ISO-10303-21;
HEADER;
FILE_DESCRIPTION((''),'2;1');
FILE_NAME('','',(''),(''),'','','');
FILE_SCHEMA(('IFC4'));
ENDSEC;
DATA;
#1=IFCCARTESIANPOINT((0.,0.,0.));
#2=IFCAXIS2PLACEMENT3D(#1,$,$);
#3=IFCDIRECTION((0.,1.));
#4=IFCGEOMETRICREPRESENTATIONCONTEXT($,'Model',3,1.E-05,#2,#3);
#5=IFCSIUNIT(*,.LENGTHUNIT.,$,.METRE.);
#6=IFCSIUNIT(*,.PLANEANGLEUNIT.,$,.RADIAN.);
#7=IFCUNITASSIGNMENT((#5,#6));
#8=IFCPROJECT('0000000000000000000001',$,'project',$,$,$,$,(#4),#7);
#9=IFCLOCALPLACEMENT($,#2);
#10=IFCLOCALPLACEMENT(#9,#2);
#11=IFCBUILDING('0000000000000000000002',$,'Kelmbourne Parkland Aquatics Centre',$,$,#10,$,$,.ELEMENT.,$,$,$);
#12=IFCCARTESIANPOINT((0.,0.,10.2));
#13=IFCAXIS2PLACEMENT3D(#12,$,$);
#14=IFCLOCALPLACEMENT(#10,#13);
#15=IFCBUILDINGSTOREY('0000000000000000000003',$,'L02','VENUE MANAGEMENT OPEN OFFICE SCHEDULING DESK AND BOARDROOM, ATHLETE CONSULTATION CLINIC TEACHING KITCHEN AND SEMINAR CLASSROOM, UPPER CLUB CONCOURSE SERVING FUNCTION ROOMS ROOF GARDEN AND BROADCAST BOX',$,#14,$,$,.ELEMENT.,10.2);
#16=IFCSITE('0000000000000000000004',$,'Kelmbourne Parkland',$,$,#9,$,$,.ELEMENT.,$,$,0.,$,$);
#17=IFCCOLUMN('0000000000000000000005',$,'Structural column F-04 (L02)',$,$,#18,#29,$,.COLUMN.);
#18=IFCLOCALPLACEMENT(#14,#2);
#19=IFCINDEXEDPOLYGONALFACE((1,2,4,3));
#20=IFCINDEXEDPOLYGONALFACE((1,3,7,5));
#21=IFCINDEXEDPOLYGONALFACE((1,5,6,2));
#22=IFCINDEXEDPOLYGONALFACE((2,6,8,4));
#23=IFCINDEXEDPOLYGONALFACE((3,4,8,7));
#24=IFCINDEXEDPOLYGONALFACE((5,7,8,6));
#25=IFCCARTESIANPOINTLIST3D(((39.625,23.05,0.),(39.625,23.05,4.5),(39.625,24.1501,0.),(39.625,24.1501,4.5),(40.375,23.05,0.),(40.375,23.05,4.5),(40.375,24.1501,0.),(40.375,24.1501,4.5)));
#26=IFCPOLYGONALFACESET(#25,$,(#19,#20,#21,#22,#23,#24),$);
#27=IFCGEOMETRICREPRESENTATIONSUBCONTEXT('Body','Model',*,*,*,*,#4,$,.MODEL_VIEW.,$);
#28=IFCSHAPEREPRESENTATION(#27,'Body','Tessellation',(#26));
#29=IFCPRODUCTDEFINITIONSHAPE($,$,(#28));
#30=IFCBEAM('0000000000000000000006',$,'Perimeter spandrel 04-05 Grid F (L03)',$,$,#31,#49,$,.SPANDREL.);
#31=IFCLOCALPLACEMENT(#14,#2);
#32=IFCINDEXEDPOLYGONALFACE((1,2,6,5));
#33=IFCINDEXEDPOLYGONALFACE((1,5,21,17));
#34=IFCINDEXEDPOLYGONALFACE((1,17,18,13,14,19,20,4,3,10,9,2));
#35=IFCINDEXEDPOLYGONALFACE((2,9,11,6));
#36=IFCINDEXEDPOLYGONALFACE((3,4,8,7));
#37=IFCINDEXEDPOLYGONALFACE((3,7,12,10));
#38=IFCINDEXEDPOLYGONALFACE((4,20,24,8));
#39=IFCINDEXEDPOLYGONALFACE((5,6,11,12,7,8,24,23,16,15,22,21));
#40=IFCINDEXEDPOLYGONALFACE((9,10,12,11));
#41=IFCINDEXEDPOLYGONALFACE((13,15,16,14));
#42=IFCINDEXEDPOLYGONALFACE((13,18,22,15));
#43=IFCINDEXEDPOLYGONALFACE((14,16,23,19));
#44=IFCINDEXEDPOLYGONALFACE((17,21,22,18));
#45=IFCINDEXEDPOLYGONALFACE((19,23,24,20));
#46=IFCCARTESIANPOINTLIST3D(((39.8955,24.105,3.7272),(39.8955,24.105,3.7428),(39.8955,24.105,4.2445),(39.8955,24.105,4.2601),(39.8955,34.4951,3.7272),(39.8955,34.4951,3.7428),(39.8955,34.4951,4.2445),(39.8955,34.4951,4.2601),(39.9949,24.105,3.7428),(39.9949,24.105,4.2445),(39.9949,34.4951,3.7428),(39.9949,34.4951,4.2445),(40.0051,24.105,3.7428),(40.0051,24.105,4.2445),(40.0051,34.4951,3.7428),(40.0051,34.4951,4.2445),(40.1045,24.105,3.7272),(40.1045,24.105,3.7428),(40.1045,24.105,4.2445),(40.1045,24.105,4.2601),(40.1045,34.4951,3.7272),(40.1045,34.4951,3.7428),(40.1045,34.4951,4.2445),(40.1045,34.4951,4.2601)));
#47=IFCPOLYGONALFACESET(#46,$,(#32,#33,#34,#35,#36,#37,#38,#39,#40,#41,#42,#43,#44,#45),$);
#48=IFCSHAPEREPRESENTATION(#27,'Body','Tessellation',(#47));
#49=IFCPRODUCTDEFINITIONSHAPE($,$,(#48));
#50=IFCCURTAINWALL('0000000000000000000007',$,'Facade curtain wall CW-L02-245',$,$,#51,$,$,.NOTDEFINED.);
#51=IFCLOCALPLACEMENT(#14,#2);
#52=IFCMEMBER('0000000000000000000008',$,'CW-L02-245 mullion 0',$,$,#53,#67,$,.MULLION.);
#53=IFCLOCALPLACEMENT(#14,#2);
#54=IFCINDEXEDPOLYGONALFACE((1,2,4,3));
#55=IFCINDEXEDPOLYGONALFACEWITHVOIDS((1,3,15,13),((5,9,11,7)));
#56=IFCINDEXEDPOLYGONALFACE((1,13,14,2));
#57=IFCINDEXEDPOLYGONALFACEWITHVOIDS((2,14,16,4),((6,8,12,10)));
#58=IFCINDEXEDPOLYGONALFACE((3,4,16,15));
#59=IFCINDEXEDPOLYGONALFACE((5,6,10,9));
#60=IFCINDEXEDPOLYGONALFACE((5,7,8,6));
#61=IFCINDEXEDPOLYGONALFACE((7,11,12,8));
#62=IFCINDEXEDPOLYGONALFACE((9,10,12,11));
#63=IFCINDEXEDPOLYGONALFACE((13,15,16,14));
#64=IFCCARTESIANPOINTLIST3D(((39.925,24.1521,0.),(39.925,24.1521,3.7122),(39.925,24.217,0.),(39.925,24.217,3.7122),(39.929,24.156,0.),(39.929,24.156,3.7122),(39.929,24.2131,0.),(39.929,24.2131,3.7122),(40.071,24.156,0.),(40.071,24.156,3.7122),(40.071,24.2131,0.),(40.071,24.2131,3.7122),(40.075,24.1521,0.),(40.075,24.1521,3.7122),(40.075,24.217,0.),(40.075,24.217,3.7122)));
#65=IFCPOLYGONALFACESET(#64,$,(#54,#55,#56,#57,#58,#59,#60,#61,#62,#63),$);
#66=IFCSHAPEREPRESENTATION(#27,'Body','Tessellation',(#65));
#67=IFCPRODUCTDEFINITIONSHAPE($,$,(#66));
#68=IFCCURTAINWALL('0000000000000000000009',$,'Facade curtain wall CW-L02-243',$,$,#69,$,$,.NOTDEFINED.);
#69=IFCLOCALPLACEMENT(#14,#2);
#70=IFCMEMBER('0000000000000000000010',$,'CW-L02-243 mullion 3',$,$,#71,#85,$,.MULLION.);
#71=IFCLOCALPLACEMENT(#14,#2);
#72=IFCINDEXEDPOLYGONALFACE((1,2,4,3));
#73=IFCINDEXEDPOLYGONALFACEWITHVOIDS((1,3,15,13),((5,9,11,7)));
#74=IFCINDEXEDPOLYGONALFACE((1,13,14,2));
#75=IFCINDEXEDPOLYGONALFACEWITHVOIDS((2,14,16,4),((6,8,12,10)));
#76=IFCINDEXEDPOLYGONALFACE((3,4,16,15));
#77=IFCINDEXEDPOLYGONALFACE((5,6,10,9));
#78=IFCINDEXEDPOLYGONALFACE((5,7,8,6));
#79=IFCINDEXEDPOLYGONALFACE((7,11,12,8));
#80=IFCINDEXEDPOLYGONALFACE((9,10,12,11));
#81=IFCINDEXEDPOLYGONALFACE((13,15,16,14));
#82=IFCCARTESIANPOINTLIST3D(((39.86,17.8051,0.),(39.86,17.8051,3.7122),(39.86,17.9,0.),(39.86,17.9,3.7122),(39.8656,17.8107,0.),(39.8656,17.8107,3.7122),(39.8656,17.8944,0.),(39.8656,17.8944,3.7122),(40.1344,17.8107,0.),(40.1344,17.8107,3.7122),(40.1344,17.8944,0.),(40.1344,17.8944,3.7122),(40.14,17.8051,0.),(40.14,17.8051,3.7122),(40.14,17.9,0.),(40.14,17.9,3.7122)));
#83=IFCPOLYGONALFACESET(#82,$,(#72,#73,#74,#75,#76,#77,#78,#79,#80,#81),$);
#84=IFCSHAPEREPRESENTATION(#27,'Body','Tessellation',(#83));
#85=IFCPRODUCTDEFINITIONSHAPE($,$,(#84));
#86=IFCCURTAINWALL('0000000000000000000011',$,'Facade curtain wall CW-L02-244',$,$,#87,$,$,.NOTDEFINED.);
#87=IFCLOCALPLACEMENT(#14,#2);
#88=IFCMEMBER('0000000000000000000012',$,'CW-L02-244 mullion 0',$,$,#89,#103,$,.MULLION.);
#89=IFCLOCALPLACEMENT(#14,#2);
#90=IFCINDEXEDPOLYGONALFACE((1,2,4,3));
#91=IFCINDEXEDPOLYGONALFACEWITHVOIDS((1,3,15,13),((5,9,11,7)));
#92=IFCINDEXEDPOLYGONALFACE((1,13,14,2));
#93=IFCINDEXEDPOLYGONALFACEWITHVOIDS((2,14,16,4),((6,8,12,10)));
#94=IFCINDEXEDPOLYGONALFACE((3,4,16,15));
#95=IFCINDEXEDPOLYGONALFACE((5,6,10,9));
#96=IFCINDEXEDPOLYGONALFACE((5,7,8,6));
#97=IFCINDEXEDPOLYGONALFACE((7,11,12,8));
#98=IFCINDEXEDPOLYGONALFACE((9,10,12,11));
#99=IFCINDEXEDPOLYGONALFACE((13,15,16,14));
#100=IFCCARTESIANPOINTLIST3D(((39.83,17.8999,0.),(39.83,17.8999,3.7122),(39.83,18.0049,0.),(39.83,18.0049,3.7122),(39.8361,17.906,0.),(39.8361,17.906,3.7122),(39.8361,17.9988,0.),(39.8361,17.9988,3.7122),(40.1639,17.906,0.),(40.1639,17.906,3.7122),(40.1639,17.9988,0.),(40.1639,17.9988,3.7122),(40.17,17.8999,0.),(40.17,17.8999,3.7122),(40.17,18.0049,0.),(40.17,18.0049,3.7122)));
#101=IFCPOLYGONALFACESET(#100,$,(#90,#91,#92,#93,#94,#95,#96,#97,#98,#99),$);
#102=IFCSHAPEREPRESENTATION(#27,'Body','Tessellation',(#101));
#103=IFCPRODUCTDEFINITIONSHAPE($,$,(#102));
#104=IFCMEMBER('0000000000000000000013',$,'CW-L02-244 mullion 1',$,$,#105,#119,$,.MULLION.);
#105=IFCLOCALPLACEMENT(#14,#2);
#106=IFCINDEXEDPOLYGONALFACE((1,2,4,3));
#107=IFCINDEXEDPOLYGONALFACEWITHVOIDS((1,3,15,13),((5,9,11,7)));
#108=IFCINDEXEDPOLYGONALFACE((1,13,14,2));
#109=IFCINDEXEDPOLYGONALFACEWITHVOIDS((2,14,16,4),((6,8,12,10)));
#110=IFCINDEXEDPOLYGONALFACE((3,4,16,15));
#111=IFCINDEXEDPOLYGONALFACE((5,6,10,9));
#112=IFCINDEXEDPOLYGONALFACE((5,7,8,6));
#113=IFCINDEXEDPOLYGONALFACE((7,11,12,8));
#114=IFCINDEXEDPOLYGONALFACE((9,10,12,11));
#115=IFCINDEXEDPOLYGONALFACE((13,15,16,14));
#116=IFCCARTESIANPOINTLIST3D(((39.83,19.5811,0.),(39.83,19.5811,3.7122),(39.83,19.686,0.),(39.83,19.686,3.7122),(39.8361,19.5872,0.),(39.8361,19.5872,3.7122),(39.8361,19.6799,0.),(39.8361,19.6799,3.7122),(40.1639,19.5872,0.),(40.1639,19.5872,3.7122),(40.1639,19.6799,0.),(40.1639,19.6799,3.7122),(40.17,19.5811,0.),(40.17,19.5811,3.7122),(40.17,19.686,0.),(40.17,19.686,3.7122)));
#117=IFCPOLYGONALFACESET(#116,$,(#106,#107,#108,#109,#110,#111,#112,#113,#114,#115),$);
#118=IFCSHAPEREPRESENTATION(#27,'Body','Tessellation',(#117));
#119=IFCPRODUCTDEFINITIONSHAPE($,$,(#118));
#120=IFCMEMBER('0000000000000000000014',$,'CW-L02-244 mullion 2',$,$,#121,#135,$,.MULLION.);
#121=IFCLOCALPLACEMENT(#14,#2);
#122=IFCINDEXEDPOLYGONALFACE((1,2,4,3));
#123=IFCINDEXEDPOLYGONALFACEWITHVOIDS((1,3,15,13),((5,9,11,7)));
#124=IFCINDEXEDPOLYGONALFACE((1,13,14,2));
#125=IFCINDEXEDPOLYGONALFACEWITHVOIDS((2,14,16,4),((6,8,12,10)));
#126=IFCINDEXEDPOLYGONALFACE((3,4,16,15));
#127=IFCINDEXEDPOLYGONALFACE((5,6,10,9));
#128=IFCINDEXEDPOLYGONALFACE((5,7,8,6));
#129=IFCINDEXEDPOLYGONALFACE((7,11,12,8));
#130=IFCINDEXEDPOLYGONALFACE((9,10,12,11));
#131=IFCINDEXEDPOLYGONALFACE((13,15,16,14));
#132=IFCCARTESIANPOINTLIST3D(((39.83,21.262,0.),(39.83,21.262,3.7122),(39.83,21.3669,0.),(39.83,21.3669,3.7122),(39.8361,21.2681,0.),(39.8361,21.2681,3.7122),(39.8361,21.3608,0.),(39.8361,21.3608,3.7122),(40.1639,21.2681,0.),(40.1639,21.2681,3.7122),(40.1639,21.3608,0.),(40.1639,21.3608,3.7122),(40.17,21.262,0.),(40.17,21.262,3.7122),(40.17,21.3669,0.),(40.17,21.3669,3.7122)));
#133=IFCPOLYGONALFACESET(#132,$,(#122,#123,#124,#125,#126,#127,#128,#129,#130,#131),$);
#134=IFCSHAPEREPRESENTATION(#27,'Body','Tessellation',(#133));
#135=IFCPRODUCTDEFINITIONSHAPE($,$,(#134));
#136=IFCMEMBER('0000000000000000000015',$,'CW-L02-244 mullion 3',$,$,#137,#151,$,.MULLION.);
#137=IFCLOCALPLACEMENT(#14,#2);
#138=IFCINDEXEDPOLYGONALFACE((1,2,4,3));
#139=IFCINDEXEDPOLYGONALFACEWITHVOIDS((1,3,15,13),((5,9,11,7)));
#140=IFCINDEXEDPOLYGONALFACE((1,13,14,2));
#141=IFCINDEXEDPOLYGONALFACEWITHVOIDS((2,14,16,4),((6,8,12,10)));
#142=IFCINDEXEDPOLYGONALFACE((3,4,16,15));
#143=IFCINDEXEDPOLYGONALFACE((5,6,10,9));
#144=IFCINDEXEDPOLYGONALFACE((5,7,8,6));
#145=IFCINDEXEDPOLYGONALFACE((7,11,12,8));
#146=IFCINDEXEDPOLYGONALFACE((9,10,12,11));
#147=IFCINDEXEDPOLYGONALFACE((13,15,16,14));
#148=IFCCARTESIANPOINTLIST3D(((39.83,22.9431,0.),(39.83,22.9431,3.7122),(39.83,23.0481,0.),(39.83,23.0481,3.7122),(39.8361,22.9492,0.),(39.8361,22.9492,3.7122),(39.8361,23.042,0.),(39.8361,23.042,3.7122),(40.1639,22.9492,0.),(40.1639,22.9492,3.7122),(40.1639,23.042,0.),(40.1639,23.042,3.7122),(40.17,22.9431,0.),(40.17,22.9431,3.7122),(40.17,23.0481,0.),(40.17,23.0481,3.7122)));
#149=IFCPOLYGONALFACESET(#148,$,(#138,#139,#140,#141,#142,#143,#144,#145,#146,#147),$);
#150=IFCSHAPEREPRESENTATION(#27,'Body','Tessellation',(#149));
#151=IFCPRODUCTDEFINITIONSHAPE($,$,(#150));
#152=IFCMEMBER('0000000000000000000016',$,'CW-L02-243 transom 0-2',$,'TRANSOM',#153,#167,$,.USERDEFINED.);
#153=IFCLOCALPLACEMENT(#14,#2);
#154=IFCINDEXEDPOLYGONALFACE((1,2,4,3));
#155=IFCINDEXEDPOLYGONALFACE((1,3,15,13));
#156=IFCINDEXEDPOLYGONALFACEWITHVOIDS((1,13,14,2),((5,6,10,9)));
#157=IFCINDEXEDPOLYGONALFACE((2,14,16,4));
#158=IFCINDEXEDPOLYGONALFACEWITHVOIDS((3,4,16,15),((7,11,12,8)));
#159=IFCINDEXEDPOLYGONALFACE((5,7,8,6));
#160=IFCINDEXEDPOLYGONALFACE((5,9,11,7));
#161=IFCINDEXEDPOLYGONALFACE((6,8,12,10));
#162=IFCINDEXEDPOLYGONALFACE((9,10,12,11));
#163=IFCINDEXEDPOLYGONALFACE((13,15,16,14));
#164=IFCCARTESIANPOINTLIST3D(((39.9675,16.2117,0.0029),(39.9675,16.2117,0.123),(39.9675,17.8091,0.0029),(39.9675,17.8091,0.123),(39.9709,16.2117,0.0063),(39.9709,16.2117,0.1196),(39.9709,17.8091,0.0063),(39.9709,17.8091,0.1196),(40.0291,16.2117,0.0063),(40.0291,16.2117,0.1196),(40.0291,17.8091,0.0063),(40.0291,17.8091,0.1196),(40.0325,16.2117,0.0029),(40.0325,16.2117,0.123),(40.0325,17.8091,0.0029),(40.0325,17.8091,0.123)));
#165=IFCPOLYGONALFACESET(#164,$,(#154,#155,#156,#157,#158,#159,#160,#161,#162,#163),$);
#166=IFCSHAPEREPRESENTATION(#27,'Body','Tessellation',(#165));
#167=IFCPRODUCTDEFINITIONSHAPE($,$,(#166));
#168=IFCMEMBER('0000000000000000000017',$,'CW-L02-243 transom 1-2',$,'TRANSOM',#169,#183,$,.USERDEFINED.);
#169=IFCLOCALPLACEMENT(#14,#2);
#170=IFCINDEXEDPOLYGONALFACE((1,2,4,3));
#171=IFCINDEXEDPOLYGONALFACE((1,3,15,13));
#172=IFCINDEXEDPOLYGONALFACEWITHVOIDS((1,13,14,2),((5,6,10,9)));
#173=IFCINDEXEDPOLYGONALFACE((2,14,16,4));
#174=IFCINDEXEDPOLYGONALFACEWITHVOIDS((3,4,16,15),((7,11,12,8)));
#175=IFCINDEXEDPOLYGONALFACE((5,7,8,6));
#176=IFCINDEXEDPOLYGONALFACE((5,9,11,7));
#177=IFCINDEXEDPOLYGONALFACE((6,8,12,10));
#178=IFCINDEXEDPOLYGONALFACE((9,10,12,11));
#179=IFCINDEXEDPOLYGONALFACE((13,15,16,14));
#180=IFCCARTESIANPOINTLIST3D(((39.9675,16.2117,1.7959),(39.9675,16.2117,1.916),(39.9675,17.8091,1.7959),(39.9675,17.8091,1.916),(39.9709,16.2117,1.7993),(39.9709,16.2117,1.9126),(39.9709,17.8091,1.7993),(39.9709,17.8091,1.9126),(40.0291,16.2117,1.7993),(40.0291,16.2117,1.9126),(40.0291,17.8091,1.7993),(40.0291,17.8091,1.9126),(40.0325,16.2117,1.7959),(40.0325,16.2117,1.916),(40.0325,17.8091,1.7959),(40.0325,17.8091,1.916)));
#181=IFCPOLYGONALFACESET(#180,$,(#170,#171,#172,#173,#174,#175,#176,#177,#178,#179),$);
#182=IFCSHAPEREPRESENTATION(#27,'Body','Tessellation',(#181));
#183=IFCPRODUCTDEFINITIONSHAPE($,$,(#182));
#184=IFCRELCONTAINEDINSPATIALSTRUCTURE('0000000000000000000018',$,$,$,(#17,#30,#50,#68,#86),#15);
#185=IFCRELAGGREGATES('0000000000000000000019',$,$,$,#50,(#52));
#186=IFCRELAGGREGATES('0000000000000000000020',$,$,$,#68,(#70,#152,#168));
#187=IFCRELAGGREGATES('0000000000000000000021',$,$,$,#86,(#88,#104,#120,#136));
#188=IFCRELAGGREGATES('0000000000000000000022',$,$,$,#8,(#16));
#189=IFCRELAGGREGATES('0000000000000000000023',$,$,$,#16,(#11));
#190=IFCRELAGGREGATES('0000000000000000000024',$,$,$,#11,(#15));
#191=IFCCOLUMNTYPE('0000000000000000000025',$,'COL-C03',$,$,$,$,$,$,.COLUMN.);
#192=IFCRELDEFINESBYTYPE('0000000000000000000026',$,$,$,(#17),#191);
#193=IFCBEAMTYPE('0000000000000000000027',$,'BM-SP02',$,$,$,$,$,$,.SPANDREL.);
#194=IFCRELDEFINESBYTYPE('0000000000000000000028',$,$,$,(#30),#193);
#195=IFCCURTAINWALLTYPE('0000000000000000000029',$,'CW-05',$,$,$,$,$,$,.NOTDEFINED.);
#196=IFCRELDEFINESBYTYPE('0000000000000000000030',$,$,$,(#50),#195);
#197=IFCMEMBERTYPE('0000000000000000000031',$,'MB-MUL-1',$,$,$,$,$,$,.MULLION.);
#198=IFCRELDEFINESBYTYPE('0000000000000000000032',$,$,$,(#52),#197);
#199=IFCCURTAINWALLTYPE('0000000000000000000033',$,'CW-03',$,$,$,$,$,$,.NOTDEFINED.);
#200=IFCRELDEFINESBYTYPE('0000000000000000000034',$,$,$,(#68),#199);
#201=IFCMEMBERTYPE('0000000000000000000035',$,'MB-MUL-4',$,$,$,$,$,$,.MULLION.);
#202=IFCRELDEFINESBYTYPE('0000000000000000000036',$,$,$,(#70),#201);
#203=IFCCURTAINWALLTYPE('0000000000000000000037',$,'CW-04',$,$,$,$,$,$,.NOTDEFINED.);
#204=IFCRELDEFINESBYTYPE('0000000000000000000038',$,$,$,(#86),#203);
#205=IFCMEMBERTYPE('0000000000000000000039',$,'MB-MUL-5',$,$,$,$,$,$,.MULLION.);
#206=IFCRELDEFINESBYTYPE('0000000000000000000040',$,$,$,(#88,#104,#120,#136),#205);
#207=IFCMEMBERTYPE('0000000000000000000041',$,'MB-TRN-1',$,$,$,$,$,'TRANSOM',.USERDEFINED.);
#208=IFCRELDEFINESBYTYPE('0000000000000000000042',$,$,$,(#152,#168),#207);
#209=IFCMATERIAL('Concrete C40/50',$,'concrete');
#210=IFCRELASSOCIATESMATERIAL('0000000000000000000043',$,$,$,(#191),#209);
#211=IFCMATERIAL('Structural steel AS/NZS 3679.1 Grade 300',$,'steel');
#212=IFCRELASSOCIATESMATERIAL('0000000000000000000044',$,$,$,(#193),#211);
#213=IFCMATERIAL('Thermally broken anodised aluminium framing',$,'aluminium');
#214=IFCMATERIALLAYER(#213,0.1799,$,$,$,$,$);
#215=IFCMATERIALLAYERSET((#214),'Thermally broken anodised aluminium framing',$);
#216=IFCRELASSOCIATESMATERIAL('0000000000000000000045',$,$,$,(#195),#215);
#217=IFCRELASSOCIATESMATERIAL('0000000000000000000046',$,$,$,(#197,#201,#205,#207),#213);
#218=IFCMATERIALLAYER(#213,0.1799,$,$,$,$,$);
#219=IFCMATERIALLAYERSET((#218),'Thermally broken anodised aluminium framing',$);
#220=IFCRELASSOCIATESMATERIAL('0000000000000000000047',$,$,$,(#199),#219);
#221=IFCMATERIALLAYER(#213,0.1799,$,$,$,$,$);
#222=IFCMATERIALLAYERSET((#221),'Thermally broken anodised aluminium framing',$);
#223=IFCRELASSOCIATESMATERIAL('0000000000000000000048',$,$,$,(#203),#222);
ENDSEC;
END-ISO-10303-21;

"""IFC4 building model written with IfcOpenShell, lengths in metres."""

from ifc_helpers import new_model, si_unit, direction, frame, origin, origin_2d, place, context, subcontext, project, spatial, rectangle, hollow_rectangle, i_section, extrude, material, layer, layer_set, material_profile, profile_set, type_object, element, aggregate, save


model = new_model("IFC4")

# Units and contexts
model_context = context("Model", 3, precision=1e-05, world=origin(), true_north=direction((0.0, 1.0)))
body_context = subcontext(model_context, "Body", "Model", "MODEL_VIEW")
ifc_project = project(units=[si_unit("LENGTHUNIT", "METRE"), si_unit("PLANEANGLEUNIT", "RADIAN")], contexts=[model_context])

# Site, building, storey
site_placement = place(None, origin())
site = spatial("IfcSite", under=ifc_project, at=site_placement, Name="Kelmbourne Parkland", CompositionType="ELEMENT", RefElevation=0.0)
building_placement = place(site_placement, origin())
building = spatial("IfcBuilding", under=site, at=building_placement, Name="Kelmbourne Parkland Aquatics Centre", CompositionType="ELEMENT")
storey_placement = place(building_placement, frame((0.0, 0.0, 10.2)))
storey = spatial("IfcBuildingStorey", under=building, at=storey_placement, Name="L02", Description="VENUE MANAGEMENT OPEN OFFICE SCHEDULING DESK AND BOARDROOM, ATHLETE CONSULTATION CLINIC TEACHING KITCHEN AND SEMINAR CLASSROOM, UPPER CLUB CONCOURSE SERVING FUNCTION ROOMS ROOF GARDEN AND BROADCAST BOX", CompositionType="ELEMENT", Elevation=10.2)

# Column
ifc_material_1 = material(Name="Concrete C40/50", Category="concrete")
ifc_material_profile_1 = material_profile(ifc_material_1, rectangle(XDim=0.75, YDim=1.1001, at=origin_2d()), Name="RC 750x1100")
ifc_profile_set_1 = profile_set([ifc_material_profile_1], Name="Concrete C40/50")
column_type = type_object("IfcColumnType", Name="COL-C03", PredefinedType="COLUMN", material=ifc_profile_set_1)
column_placement = place(storey_placement, frame((40.0, 23.6001, 0.0), z_axis=(0.0, 0.0, 1.0), x_axis=(1.0, 0.0, 0.0)))
element("IfcColumn", 1, at=column_placement, inside=storey, type_object=column_type, Name="Structural column F-04 (L02)", PredefinedType="COLUMN", context=body_context, shape_type="SweptSolid", body=[
    extrude(rectangle(XDim=0.75, YDim=1.1001, at=origin_2d()), origin(), (0.0, 0.0, 1.0), 4.5),
])

# Beam
ifc_material_2 = material(Name="Structural steel AS/NZS 3679.1 Grade 300", Category="steel")
ifc_material_profile_2 = material_profile(ifc_material_2, i_section(OverallWidth=0.209, OverallDepth=0.533, WebThickness=0.0103, FlangeThickness=0.0156, at=origin_2d()), Name="530UB92.4")
ifc_profile_set_2 = profile_set([ifc_material_profile_2], Name="Structural steel AS/NZS 3679.1 Grade 300")
beam_type = type_object("IfcBeamType", Name="BM-SP02", PredefinedType="SPANDREL", material=ifc_profile_set_2)
beam_placement = place(storey_placement, frame((40.0, 24.105, 3.9937), z_axis=(0.0, 1.0, 0.0), x_axis=(-1.0, 0.0, 0.0)))
element("IfcBeam", 2, at=beam_placement, inside=storey, type_object=beam_type, Name="Perimeter spandrel 04-05 Grid F (L03)", PredefinedType="SPANDREL", context=body_context, shape_type="SweptSolid", body=[
    extrude(i_section(OverallWidth=0.209, OverallDepth=0.533, WebThickness=0.0103, FlangeThickness=0.0156, at=origin_2d()), origin(), (0.0, 0.0, 1.0), 10.3901),
])

# Curtain walls, members
ifc_material_3 = material(Name="Thermally broken anodised aluminium framing", Category="aluminium")
ifc_layer_1 = layer(ifc_material_3, 0.1799)
ifc_layer_set_1 = layer_set([ifc_layer_1], Name="Thermally broken anodised aluminium framing")
curtain_wall_type_1 = type_object("IfcCurtainWallType", Name="CW-05", PredefinedType="NOTDEFINED", material=ifc_layer_set_1)
curtain_wall_1_placement = place(storey_placement, origin())
curtain_wall_1 = element("IfcCurtainWall", 3, at=curtain_wall_1_placement, inside=storey, type_object=curtain_wall_type_1, Name="Facade curtain wall CW-L02-245", PredefinedType="NOTDEFINED")
ifc_material_profile_3 = material_profile(ifc_material_3, hollow_rectangle(XDim=0.0649, YDim=0.1499, WallThickness=0.0039, at=origin_2d()), Name="CW-M 65x150")
ifc_profile_set_3 = profile_set([ifc_material_profile_3], Name="Thermally broken anodised aluminium framing")
member_type_1 = type_object("IfcMemberType", Name="MB-MUL-1", PredefinedType="MULLION", material=ifc_profile_set_3)
member_1_placement = place(storey_placement, frame((40.0, 24.1846, 0.0), z_axis=(0.0, 0.0, 1.0), x_axis=(0.0, 1.0, 0.0)))
member_1 = element("IfcMember", 4, at=member_1_placement, type_object=member_type_1, Name="CW-L02-245 mullion 0", PredefinedType="MULLION", context=body_context, shape_type="SweptSolid", body=[
    extrude(hollow_rectangle(XDim=0.0649, YDim=0.1499, WallThickness=0.0039, at=origin_2d()), origin(), (0.0, 0.0, 1.0), 3.7122),
])
aggregate(curtain_wall_1, [member_1])
ifc_layer_2 = layer(ifc_material_3, 0.1799)
ifc_layer_set_2 = layer_set([ifc_layer_2], Name="Thermally broken anodised aluminium framing")
curtain_wall_type_2 = type_object("IfcCurtainWallType", Name="CW-03", PredefinedType="NOTDEFINED", material=ifc_layer_set_2)
curtain_wall_2_placement = place(storey_placement, origin())
curtain_wall_2 = element("IfcCurtainWall", 5, at=curtain_wall_2_placement, inside=storey, type_object=curtain_wall_type_2, Name="Facade curtain wall CW-L02-243", PredefinedType="NOTDEFINED")
ifc_material_profile_4 = material_profile(ifc_material_3, hollow_rectangle(XDim=0.095, YDim=0.28, WallThickness=0.0056, at=origin_2d()), Name="CW-M 95x280")
ifc_profile_set_4 = profile_set([ifc_material_profile_4], Name="Thermally broken anodised aluminium framing")
member_type_2 = type_object("IfcMemberType", Name="MB-MUL-4", PredefinedType="MULLION", material=ifc_profile_set_4)
member_2_placement = place(storey_placement, frame((40.0, 17.8525, 0.0), z_axis=(0.0, 0.0, 1.0), x_axis=(0.0, 1.0, 0.0)))
member_2 = element("IfcMember", 6, at=member_2_placement, type_object=member_type_2, Name="CW-L02-243 mullion 3", PredefinedType="MULLION", context=body_context, shape_type="SweptSolid", body=[
    extrude(hollow_rectangle(XDim=0.095, YDim=0.28, WallThickness=0.0056, at=origin_2d()), origin(), (0.0, 0.0, 1.0), 3.7122),
])

# Curtain wall, members
ifc_layer_3 = layer(ifc_material_3, 0.1799)
ifc_layer_set_3 = layer_set([ifc_layer_3], Name="Thermally broken anodised aluminium framing")
curtain_wall_type_3 = type_object("IfcCurtainWallType", Name="CW-04", PredefinedType="NOTDEFINED", material=ifc_layer_set_3)
curtain_wall_3_placement = place(storey_placement, origin())
curtain_wall_3 = element("IfcCurtainWall", 7, at=curtain_wall_3_placement, inside=storey, type_object=curtain_wall_type_3, Name="Facade curtain wall CW-L02-244", PredefinedType="NOTDEFINED")
ifc_material_profile_5 = material_profile(ifc_material_3, hollow_rectangle(XDim=0.105, YDim=0.3401, WallThickness=0.0061, at=origin_2d()), Name="CW-M 105x340")
ifc_profile_set_5 = profile_set([ifc_material_profile_5], Name="Thermally broken anodised aluminium framing")
member_type_3 = type_object("IfcMemberType", Name="MB-MUL-5", PredefinedType="MULLION", material=ifc_profile_set_5)
member_3_placement = place(storey_placement, frame((40.0, 17.9524, 0.0), z_axis=(0.0, 0.0, 1.0), x_axis=(0.0, 1.0, 0.0)))
member_3 = element("IfcMember", 8, at=member_3_placement, type_object=member_type_3, Name="CW-L02-244 mullion 0", PredefinedType="MULLION", context=body_context, shape_type="SweptSolid", body=[
    extrude(hollow_rectangle(XDim=0.105, YDim=0.3401, WallThickness=0.0061, at=origin_2d()), origin(), (0.0, 0.0, 1.0), 3.7122),
])
member_4_placement = place(storey_placement, frame((40.0, 19.6335, 0.0), z_axis=(0.0, 0.0, 1.0), x_axis=(0.0, 1.0, 0.0)))
member_4 = element("IfcMember", 9, at=member_4_placement, type_object=member_type_3, Name="CW-L02-244 mullion 1", PredefinedType="MULLION", context=body_context, shape_type="SweptSolid", body=[
    extrude(hollow_rectangle(XDim=0.105, YDim=0.3401, WallThickness=0.0061, at=origin_2d()), origin(), (0.0, 0.0, 1.0), 3.7122),
])
member_5_placement = place(storey_placement, frame((40.0, 21.3145, 0.0), z_axis=(0.0, 0.0, 1.0), x_axis=(0.0, 1.0, 0.0)))
member_5 = element("IfcMember", 10, at=member_5_placement, type_object=member_type_3, Name="CW-L02-244 mullion 2", PredefinedType="MULLION", context=body_context, shape_type="SweptSolid", body=[
    extrude(hollow_rectangle(XDim=0.105, YDim=0.3401, WallThickness=0.0061, at=origin_2d()), origin(), (0.0, 0.0, 1.0), 3.7122),
])
member_6_placement = place(storey_placement, frame((40.0, 22.9956, 0.0), z_axis=(0.0, 0.0, 1.0), x_axis=(0.0, 1.0, 0.0)))
member_6 = element("IfcMember", 11, at=member_6_placement, type_object=member_type_3, Name="CW-L02-244 mullion 3", PredefinedType="MULLION", context=body_context, shape_type="SweptSolid", body=[
    extrude(hollow_rectangle(XDim=0.105, YDim=0.3401, WallThickness=0.0061, at=origin_2d()), origin(), (0.0, 0.0, 1.0), 3.7122),
])

# Members
ifc_material_profile_6 = material_profile(ifc_material_3, hollow_rectangle(XDim=0.0649, YDim=0.1201, WallThickness=0.0034, at=origin_2d()), Name="CW-T 65x120")
ifc_profile_set_6 = profile_set([ifc_material_profile_6], Name="Thermally broken anodised aluminium framing")
member_type_4 = type_object("IfcMemberType", Name="MB-TRN-1", ElementType="TRANSOM", PredefinedType="USERDEFINED", material=ifc_profile_set_6)
member_7_placement = place(storey_placement, frame((40.0, 16.2117, 0.063), z_axis=(0.0, 1.0, 0.0), x_axis=(-1.0, 0.0, 0.0)))
member_7 = element("IfcMember", 12, at=member_7_placement, type_object=member_type_4, Name="CW-L02-243 transom 0-2", ObjectType="TRANSOM", PredefinedType="USERDEFINED", context=body_context, shape_type="SweptSolid", body=[
    extrude(hollow_rectangle(XDim=0.0649, YDim=0.1201, WallThickness=0.0034, at=origin_2d()), origin(), (0.0, 0.0, 1.0), 1.5974),
])
member_8_placement = place(storey_placement, frame((40.0, 16.2117, 1.856), z_axis=(0.0, 1.0, 0.0), x_axis=(-1.0, 0.0, 0.0)))
member_8 = element("IfcMember", 13, at=member_8_placement, type_object=member_type_4, Name="CW-L02-243 transom 1-2", ObjectType="TRANSOM", PredefinedType="USERDEFINED", context=body_context, shape_type="SweptSolid", body=[
    extrude(hollow_rectangle(XDim=0.0649, YDim=0.1201, WallThickness=0.0034, at=origin_2d()), origin(), (0.0, 0.0, 1.0), 1.5974),
])

aggregate(curtain_wall_2, [member_2, member_7, member_8])
aggregate(curtain_wall_3, [member_3, member_4, member_5, member_6])

save(model, "model.ifc")
